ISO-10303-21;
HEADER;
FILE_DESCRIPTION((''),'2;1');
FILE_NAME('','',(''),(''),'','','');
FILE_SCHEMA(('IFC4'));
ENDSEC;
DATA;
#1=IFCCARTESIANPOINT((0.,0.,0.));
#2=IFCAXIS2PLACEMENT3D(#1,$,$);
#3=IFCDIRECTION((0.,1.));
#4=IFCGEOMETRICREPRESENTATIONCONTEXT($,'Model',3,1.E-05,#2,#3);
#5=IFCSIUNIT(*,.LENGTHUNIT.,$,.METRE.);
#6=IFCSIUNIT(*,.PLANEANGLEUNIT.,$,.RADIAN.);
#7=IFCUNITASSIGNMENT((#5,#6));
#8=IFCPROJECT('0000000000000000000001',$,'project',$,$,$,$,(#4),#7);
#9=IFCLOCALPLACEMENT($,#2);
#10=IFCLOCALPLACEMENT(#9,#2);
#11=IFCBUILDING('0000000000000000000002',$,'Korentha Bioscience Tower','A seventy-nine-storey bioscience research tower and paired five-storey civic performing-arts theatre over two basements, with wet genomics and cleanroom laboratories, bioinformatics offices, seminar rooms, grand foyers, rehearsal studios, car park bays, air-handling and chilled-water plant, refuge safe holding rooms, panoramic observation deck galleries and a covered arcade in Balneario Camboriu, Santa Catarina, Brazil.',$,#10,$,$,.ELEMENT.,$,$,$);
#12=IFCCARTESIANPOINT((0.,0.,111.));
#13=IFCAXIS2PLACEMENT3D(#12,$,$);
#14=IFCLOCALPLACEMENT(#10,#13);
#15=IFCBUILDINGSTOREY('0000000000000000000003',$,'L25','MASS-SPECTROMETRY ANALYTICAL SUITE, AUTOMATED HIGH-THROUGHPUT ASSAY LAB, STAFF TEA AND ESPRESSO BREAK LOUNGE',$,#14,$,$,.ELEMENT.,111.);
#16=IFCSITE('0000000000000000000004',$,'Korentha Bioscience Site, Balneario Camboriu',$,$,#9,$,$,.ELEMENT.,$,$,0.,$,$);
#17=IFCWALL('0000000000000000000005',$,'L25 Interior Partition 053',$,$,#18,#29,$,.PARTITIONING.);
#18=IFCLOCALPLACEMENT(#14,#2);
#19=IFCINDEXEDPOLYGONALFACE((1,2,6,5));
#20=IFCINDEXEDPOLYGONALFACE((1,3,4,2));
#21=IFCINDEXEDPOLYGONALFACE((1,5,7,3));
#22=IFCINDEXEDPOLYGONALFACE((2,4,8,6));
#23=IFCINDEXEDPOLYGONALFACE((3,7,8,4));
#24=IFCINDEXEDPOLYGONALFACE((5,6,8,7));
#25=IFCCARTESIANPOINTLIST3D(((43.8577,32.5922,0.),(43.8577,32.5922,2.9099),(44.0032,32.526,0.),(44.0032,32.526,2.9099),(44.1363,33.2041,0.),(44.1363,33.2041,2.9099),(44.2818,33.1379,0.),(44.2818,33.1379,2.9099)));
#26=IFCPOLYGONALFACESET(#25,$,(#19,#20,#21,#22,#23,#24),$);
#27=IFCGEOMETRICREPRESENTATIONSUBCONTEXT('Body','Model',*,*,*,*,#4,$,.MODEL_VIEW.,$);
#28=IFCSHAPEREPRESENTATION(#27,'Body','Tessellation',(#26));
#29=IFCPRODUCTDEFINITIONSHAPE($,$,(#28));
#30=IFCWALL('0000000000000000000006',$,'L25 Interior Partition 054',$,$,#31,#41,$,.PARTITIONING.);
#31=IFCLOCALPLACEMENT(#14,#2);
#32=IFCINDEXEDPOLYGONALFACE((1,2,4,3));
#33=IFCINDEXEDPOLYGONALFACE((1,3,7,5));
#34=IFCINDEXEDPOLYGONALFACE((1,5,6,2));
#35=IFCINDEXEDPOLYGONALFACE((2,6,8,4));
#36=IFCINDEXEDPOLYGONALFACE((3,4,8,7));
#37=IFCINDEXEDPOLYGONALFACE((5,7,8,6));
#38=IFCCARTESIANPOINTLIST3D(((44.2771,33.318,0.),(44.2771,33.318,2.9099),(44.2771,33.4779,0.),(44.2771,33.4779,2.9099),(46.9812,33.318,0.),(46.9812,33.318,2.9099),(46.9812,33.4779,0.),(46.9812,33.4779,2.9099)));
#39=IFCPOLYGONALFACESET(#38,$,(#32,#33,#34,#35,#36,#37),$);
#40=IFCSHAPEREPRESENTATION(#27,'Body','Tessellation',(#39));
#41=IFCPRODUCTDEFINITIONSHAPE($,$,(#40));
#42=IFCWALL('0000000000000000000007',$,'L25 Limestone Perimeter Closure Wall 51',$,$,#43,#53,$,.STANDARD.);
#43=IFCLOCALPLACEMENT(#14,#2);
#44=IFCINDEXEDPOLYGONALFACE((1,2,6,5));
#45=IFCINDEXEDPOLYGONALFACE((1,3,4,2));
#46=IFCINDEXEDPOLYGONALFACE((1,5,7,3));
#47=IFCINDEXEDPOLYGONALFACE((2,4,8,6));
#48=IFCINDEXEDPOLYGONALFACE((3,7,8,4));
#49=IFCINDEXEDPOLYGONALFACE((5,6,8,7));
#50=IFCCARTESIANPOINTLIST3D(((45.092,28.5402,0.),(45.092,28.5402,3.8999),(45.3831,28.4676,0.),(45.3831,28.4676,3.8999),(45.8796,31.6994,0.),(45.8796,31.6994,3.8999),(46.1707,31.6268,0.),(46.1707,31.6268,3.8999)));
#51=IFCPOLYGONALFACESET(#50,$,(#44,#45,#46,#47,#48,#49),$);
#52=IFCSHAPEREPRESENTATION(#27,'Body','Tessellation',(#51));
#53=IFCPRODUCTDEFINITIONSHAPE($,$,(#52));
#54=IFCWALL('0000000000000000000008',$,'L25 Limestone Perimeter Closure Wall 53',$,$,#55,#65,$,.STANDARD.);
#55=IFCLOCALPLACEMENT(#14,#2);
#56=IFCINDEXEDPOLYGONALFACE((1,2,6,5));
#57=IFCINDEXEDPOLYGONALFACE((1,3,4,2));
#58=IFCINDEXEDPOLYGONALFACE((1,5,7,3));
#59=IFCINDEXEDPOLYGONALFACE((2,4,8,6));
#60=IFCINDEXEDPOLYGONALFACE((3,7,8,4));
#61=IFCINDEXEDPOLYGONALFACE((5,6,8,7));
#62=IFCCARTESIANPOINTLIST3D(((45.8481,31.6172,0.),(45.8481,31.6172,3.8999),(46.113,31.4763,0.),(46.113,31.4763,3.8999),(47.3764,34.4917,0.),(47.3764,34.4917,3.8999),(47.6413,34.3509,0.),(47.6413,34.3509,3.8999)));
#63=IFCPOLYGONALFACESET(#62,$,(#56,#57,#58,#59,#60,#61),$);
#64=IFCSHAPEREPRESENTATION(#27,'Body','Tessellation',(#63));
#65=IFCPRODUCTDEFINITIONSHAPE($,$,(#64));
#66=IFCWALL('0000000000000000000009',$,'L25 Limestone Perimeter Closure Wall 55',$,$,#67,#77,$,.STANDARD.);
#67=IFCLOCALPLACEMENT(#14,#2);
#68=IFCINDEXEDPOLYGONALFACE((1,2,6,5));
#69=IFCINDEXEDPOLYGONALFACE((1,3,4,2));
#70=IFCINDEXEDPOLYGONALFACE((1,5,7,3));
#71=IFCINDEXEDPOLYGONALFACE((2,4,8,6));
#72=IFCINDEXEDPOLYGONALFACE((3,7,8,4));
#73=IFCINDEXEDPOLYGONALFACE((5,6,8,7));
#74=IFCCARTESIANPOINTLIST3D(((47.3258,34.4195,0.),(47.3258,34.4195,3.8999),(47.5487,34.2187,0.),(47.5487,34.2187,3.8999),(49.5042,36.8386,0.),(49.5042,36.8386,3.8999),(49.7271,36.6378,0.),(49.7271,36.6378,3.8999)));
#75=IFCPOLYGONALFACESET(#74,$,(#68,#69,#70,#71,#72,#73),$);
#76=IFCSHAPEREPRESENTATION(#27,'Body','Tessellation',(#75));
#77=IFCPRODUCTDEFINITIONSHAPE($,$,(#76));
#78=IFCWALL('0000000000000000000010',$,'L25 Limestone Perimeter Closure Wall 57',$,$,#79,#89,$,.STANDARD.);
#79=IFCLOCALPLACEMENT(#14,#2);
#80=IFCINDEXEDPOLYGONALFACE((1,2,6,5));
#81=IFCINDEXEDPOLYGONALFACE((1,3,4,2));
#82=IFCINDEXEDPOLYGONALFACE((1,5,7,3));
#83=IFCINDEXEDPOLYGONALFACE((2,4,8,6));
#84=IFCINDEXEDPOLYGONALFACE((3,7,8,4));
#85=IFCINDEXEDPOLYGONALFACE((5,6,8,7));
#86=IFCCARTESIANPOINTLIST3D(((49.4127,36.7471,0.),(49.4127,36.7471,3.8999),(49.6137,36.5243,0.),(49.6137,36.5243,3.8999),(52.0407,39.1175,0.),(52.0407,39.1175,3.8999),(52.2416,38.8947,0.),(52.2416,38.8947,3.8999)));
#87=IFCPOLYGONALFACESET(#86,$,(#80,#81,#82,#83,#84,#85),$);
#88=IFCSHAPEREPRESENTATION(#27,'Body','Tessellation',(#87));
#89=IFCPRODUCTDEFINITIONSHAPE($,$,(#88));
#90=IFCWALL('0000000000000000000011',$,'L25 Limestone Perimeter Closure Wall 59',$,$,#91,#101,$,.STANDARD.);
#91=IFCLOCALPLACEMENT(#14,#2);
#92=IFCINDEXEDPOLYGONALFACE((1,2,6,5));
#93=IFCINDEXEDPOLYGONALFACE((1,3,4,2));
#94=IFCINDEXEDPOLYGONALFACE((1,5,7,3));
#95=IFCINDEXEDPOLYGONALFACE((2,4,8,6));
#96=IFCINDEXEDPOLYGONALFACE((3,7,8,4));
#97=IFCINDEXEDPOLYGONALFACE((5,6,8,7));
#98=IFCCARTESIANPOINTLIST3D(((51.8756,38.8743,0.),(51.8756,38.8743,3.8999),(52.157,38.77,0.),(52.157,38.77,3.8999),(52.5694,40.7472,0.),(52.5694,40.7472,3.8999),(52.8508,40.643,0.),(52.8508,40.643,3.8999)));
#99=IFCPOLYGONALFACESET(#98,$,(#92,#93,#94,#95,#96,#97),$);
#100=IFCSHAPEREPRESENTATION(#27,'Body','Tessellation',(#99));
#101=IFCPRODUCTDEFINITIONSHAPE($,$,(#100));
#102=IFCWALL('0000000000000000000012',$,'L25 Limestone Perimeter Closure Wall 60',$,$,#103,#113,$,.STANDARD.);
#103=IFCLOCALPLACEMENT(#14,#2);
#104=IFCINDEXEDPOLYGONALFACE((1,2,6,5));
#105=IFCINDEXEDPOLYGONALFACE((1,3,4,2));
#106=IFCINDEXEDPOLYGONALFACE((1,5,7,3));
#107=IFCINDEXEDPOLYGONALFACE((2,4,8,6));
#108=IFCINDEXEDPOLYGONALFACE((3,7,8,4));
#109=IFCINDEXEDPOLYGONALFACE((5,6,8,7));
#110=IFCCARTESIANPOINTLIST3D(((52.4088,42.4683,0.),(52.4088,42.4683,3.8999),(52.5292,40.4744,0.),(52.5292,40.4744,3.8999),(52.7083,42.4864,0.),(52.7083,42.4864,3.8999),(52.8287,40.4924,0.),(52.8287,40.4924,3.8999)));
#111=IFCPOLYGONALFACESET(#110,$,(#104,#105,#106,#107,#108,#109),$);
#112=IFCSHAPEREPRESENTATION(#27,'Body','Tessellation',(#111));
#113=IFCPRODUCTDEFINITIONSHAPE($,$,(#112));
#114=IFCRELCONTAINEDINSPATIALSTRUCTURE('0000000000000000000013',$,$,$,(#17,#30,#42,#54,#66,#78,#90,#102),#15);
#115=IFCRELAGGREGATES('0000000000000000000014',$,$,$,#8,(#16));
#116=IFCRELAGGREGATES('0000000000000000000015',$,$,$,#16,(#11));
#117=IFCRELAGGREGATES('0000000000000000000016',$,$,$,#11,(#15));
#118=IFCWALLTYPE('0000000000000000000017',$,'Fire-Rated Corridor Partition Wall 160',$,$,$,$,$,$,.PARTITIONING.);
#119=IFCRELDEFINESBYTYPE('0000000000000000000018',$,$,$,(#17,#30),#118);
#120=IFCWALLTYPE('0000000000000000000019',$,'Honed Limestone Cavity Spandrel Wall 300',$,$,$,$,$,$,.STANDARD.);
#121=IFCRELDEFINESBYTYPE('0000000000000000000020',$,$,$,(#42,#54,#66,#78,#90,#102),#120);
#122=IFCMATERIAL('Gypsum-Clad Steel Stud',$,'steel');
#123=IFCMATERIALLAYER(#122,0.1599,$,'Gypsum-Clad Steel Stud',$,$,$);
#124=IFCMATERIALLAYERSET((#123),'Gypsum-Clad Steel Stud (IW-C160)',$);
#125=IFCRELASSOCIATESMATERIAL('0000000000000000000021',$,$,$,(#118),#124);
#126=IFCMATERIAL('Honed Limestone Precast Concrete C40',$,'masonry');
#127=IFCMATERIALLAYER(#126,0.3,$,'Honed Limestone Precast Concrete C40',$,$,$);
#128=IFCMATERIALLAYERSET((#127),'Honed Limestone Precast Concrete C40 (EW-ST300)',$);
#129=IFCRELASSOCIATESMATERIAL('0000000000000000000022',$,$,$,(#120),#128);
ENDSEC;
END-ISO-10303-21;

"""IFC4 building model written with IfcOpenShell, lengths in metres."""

from ifc_helpers import new_model, si_unit, direction, frame, frame_2d, origin, place, context, subcontext, project, spatial, rectangle, extrude, material, layer, layer_set, type_object, element, save


model = new_model("IFC4")

# Units and contexts
model_context = context("Model", 3, precision=1e-05, world=origin(), true_north=direction((0.0, 1.0)))
body_context = subcontext(model_context, "Body", "Model", "MODEL_VIEW")
ifc_project = project(units=[si_unit("LENGTHUNIT", "METRE"), si_unit("PLANEANGLEUNIT", "RADIAN")], contexts=[model_context])

# Site, building, storey
site_placement = place(None, origin())
site = spatial("IfcSite", under=ifc_project, at=site_placement, Name="Korentha Bioscience Site, Balneario Camboriu", CompositionType="ELEMENT", RefElevation=0.0)
building_placement = place(site_placement, origin())
building = spatial("IfcBuilding", under=site, at=building_placement, Name="Korentha Bioscience Tower", Description="A seventy-nine-storey bioscience research tower and paired five-storey civic performing-arts theatre over two basements, with wet genomics and cleanroom laboratories, bioinformatics offices, seminar rooms, grand foyers, rehearsal studios, car park bays, air-handling and chilled-water plant, refuge safe holding rooms, panoramic observation deck galleries and a covered arcade in Balneario Camboriu, Santa Catarina, Brazil.", CompositionType="ELEMENT")
storey_placement = place(building_placement, frame((0.0, 0.0, 111.0)))
storey = spatial("IfcBuildingStorey", under=building, at=storey_placement, Name="L25", Description="MASS-SPECTROMETRY ANALYTICAL SUITE, AUTOMATED HIGH-THROUGHPUT ASSAY LAB, STAFF TEA AND ESPRESSO BREAK LOUNGE", CompositionType="ELEMENT", Elevation=111.0)

# Shared definitions
ifc_material_1 = material(Name="Gypsum-Clad Steel Stud", Category="steel")
ifc_layer_1 = layer(ifc_material_1, 0.1599, Name="Gypsum-Clad Steel Stud")
ifc_layer_set_1 = layer_set([ifc_layer_1], Name="Gypsum-Clad Steel Stud (IW-C160)")
wall_type_1 = type_object("IfcWallType", Name="Fire-Rated Corridor Partition Wall 160", PredefinedType="PARTITIONING", material=ifc_layer_set_1)

# Walls
wall_1_placement = place(storey_placement, frame((43.9304, 32.5591, 0.0), z_axis=(0.0, 0.0, 1.0), x_axis=(0.414377, 0.910105, 0.0)))
element("IfcWall", 1, at=wall_1_placement, inside=storey, type_object=wall_type_1, Name="L25 Interior Partition 053", PredefinedType="PARTITIONING", context=body_context, shape_type="SweptSolid", body=[
    extrude(rectangle(XDim=0.6724, YDim=0.1599, at=frame_2d((0.3362, 0.0))), origin(), (0.0, 0.0, 1.0), 2.9099),
])
wall_2_placement = place(storey_placement, frame((44.2771, 33.3979, 0.0), z_axis=(0.0, 0.0, 1.0), x_axis=(1.0, 0.0, 0.0)))
element("IfcWall", 2, at=wall_2_placement, inside=storey, type_object=wall_type_1, Name="L25 Interior Partition 054", PredefinedType="PARTITIONING", context=body_context, shape_type="SweptSolid", body=[
    extrude(rectangle(XDim=2.7041, YDim=0.1599, at=frame_2d((1.3521, 0.0))), origin(), (0.0, 0.0, 1.0), 2.9099),
])
ifc_material_2 = material(Name="Honed Limestone Precast Concrete C40", Category="masonry")
ifc_layer_2 = layer(ifc_material_2, 0.3, Name="Honed Limestone Precast Concrete C40")
ifc_layer_set_2 = layer_set([ifc_layer_2], Name="Honed Limestone Precast Concrete C40 (EW-ST300)")
wall_type_2 = type_object("IfcWallType", Name="Honed Limestone Cavity Spandrel Wall 300", PredefinedType="STANDARD", material=ifc_layer_set_2)
wall_3_placement = place(storey_placement, frame((45.2375, 28.5039, 0.0), z_axis=(0.0, 0.0, 1.0), x_axis=(0.2419, 0.970301, 0.0)))
element("IfcWall", 3, at=wall_3_placement, inside=storey, type_object=wall_type_2, Name="L25 Limestone Perimeter Closure Wall 51", PredefinedType="STANDARD", context=body_context, shape_type="SweptSolid", body=[
    extrude(rectangle(XDim=3.2559, YDim=0.3, at=frame_2d((1.6279, 0.0))), origin(), (0.0, 0.0, 1.0), 3.8999),
])
wall_4_placement = place(storey_placement, frame((45.9805, 31.5466, 0.0), z_axis=(0.0, 0.0, 1.0), x_axis=(0.469451, 0.882958, 0.0)))
element("IfcWall", 4, at=wall_4_placement, inside=storey, type_object=wall_type_2, Name="L25 Limestone Perimeter Closure Wall 53", PredefinedType="STANDARD", context=body_context, shape_type="SweptSolid", body=[
    extrude(rectangle(XDim=3.2556, YDim=0.3, at=frame_2d((1.6279, 0.0))), origin(), (0.0, 0.0, 1.0), 3.8999),
])
wall_5_placement = place(storey_placement, frame((47.4373, 34.3191, 0.0), z_axis=(0.0, 0.0, 1.0), x_axis=(0.669168, 0.743111, 0.0)))
element("IfcWall", 5, at=wall_5_placement, inside=storey, type_object=wall_type_2, Name="L25 Limestone Perimeter Closure Wall 55", PredefinedType="STANDARD", context=body_context, shape_type="SweptSolid", body=[
    extrude(rectangle(XDim=3.2554, YDim=0.3, at=frame_2d((1.6277, 0.0))), origin(), (0.0, 0.0, 1.0), 3.8999),
])
wall_6_placement = place(storey_placement, frame((49.5132, 36.6357, 0.0), z_axis=(0.0, 0.0, 1.0), x_axis=(0.74256, 0.66978, 0.0)))
element("IfcWall", 6, at=wall_6_placement, inside=storey, type_object=wall_type_2, Name="L25 Limestone Perimeter Closure Wall 57", PredefinedType="STANDARD", context=body_context, shape_type="SweptSolid", body=[
    extrude(rectangle(XDim=3.5391, YDim=0.3, at=frame_2d((1.7695, 0.0))), origin(), (0.0, 0.0, 1.0), 3.8999),
])
wall_7_placement = place(storey_placement, frame((52.0164, 38.8223, 0.0), z_axis=(0.0, 0.0, 1.0), x_axis=(0.34737, 0.937728, 0.0)))
element("IfcWall", 7, at=wall_7_placement, inside=storey, type_object=wall_type_2, Name="L25 Limestone Perimeter Closure Wall 59", PredefinedType="STANDARD", context=body_context, shape_type="SweptSolid", body=[
    extrude(rectangle(XDim=1.9973, YDim=0.3, at=frame_2d((0.9985, 0.0))), origin(), (0.0, 0.0, 1.0), 3.8999),
])
wall_8_placement = place(storey_placement, frame((52.679, 40.4834, 0.0), z_axis=(0.0, 0.0, 1.0), x_axis=(-0.060255, 0.998183, 0.0)))
element("IfcWall", 8, at=wall_8_placement, inside=storey, type_object=wall_type_2, Name="L25 Limestone Perimeter Closure Wall 60", PredefinedType="STANDARD", context=body_context, shape_type="SweptSolid", body=[
    extrude(rectangle(XDim=1.9976, YDim=0.3, at=frame_2d((0.9988, 0.0))), origin(), (0.0, 0.0, 1.0), 3.8999),
])

save(model, "model.ifc")
